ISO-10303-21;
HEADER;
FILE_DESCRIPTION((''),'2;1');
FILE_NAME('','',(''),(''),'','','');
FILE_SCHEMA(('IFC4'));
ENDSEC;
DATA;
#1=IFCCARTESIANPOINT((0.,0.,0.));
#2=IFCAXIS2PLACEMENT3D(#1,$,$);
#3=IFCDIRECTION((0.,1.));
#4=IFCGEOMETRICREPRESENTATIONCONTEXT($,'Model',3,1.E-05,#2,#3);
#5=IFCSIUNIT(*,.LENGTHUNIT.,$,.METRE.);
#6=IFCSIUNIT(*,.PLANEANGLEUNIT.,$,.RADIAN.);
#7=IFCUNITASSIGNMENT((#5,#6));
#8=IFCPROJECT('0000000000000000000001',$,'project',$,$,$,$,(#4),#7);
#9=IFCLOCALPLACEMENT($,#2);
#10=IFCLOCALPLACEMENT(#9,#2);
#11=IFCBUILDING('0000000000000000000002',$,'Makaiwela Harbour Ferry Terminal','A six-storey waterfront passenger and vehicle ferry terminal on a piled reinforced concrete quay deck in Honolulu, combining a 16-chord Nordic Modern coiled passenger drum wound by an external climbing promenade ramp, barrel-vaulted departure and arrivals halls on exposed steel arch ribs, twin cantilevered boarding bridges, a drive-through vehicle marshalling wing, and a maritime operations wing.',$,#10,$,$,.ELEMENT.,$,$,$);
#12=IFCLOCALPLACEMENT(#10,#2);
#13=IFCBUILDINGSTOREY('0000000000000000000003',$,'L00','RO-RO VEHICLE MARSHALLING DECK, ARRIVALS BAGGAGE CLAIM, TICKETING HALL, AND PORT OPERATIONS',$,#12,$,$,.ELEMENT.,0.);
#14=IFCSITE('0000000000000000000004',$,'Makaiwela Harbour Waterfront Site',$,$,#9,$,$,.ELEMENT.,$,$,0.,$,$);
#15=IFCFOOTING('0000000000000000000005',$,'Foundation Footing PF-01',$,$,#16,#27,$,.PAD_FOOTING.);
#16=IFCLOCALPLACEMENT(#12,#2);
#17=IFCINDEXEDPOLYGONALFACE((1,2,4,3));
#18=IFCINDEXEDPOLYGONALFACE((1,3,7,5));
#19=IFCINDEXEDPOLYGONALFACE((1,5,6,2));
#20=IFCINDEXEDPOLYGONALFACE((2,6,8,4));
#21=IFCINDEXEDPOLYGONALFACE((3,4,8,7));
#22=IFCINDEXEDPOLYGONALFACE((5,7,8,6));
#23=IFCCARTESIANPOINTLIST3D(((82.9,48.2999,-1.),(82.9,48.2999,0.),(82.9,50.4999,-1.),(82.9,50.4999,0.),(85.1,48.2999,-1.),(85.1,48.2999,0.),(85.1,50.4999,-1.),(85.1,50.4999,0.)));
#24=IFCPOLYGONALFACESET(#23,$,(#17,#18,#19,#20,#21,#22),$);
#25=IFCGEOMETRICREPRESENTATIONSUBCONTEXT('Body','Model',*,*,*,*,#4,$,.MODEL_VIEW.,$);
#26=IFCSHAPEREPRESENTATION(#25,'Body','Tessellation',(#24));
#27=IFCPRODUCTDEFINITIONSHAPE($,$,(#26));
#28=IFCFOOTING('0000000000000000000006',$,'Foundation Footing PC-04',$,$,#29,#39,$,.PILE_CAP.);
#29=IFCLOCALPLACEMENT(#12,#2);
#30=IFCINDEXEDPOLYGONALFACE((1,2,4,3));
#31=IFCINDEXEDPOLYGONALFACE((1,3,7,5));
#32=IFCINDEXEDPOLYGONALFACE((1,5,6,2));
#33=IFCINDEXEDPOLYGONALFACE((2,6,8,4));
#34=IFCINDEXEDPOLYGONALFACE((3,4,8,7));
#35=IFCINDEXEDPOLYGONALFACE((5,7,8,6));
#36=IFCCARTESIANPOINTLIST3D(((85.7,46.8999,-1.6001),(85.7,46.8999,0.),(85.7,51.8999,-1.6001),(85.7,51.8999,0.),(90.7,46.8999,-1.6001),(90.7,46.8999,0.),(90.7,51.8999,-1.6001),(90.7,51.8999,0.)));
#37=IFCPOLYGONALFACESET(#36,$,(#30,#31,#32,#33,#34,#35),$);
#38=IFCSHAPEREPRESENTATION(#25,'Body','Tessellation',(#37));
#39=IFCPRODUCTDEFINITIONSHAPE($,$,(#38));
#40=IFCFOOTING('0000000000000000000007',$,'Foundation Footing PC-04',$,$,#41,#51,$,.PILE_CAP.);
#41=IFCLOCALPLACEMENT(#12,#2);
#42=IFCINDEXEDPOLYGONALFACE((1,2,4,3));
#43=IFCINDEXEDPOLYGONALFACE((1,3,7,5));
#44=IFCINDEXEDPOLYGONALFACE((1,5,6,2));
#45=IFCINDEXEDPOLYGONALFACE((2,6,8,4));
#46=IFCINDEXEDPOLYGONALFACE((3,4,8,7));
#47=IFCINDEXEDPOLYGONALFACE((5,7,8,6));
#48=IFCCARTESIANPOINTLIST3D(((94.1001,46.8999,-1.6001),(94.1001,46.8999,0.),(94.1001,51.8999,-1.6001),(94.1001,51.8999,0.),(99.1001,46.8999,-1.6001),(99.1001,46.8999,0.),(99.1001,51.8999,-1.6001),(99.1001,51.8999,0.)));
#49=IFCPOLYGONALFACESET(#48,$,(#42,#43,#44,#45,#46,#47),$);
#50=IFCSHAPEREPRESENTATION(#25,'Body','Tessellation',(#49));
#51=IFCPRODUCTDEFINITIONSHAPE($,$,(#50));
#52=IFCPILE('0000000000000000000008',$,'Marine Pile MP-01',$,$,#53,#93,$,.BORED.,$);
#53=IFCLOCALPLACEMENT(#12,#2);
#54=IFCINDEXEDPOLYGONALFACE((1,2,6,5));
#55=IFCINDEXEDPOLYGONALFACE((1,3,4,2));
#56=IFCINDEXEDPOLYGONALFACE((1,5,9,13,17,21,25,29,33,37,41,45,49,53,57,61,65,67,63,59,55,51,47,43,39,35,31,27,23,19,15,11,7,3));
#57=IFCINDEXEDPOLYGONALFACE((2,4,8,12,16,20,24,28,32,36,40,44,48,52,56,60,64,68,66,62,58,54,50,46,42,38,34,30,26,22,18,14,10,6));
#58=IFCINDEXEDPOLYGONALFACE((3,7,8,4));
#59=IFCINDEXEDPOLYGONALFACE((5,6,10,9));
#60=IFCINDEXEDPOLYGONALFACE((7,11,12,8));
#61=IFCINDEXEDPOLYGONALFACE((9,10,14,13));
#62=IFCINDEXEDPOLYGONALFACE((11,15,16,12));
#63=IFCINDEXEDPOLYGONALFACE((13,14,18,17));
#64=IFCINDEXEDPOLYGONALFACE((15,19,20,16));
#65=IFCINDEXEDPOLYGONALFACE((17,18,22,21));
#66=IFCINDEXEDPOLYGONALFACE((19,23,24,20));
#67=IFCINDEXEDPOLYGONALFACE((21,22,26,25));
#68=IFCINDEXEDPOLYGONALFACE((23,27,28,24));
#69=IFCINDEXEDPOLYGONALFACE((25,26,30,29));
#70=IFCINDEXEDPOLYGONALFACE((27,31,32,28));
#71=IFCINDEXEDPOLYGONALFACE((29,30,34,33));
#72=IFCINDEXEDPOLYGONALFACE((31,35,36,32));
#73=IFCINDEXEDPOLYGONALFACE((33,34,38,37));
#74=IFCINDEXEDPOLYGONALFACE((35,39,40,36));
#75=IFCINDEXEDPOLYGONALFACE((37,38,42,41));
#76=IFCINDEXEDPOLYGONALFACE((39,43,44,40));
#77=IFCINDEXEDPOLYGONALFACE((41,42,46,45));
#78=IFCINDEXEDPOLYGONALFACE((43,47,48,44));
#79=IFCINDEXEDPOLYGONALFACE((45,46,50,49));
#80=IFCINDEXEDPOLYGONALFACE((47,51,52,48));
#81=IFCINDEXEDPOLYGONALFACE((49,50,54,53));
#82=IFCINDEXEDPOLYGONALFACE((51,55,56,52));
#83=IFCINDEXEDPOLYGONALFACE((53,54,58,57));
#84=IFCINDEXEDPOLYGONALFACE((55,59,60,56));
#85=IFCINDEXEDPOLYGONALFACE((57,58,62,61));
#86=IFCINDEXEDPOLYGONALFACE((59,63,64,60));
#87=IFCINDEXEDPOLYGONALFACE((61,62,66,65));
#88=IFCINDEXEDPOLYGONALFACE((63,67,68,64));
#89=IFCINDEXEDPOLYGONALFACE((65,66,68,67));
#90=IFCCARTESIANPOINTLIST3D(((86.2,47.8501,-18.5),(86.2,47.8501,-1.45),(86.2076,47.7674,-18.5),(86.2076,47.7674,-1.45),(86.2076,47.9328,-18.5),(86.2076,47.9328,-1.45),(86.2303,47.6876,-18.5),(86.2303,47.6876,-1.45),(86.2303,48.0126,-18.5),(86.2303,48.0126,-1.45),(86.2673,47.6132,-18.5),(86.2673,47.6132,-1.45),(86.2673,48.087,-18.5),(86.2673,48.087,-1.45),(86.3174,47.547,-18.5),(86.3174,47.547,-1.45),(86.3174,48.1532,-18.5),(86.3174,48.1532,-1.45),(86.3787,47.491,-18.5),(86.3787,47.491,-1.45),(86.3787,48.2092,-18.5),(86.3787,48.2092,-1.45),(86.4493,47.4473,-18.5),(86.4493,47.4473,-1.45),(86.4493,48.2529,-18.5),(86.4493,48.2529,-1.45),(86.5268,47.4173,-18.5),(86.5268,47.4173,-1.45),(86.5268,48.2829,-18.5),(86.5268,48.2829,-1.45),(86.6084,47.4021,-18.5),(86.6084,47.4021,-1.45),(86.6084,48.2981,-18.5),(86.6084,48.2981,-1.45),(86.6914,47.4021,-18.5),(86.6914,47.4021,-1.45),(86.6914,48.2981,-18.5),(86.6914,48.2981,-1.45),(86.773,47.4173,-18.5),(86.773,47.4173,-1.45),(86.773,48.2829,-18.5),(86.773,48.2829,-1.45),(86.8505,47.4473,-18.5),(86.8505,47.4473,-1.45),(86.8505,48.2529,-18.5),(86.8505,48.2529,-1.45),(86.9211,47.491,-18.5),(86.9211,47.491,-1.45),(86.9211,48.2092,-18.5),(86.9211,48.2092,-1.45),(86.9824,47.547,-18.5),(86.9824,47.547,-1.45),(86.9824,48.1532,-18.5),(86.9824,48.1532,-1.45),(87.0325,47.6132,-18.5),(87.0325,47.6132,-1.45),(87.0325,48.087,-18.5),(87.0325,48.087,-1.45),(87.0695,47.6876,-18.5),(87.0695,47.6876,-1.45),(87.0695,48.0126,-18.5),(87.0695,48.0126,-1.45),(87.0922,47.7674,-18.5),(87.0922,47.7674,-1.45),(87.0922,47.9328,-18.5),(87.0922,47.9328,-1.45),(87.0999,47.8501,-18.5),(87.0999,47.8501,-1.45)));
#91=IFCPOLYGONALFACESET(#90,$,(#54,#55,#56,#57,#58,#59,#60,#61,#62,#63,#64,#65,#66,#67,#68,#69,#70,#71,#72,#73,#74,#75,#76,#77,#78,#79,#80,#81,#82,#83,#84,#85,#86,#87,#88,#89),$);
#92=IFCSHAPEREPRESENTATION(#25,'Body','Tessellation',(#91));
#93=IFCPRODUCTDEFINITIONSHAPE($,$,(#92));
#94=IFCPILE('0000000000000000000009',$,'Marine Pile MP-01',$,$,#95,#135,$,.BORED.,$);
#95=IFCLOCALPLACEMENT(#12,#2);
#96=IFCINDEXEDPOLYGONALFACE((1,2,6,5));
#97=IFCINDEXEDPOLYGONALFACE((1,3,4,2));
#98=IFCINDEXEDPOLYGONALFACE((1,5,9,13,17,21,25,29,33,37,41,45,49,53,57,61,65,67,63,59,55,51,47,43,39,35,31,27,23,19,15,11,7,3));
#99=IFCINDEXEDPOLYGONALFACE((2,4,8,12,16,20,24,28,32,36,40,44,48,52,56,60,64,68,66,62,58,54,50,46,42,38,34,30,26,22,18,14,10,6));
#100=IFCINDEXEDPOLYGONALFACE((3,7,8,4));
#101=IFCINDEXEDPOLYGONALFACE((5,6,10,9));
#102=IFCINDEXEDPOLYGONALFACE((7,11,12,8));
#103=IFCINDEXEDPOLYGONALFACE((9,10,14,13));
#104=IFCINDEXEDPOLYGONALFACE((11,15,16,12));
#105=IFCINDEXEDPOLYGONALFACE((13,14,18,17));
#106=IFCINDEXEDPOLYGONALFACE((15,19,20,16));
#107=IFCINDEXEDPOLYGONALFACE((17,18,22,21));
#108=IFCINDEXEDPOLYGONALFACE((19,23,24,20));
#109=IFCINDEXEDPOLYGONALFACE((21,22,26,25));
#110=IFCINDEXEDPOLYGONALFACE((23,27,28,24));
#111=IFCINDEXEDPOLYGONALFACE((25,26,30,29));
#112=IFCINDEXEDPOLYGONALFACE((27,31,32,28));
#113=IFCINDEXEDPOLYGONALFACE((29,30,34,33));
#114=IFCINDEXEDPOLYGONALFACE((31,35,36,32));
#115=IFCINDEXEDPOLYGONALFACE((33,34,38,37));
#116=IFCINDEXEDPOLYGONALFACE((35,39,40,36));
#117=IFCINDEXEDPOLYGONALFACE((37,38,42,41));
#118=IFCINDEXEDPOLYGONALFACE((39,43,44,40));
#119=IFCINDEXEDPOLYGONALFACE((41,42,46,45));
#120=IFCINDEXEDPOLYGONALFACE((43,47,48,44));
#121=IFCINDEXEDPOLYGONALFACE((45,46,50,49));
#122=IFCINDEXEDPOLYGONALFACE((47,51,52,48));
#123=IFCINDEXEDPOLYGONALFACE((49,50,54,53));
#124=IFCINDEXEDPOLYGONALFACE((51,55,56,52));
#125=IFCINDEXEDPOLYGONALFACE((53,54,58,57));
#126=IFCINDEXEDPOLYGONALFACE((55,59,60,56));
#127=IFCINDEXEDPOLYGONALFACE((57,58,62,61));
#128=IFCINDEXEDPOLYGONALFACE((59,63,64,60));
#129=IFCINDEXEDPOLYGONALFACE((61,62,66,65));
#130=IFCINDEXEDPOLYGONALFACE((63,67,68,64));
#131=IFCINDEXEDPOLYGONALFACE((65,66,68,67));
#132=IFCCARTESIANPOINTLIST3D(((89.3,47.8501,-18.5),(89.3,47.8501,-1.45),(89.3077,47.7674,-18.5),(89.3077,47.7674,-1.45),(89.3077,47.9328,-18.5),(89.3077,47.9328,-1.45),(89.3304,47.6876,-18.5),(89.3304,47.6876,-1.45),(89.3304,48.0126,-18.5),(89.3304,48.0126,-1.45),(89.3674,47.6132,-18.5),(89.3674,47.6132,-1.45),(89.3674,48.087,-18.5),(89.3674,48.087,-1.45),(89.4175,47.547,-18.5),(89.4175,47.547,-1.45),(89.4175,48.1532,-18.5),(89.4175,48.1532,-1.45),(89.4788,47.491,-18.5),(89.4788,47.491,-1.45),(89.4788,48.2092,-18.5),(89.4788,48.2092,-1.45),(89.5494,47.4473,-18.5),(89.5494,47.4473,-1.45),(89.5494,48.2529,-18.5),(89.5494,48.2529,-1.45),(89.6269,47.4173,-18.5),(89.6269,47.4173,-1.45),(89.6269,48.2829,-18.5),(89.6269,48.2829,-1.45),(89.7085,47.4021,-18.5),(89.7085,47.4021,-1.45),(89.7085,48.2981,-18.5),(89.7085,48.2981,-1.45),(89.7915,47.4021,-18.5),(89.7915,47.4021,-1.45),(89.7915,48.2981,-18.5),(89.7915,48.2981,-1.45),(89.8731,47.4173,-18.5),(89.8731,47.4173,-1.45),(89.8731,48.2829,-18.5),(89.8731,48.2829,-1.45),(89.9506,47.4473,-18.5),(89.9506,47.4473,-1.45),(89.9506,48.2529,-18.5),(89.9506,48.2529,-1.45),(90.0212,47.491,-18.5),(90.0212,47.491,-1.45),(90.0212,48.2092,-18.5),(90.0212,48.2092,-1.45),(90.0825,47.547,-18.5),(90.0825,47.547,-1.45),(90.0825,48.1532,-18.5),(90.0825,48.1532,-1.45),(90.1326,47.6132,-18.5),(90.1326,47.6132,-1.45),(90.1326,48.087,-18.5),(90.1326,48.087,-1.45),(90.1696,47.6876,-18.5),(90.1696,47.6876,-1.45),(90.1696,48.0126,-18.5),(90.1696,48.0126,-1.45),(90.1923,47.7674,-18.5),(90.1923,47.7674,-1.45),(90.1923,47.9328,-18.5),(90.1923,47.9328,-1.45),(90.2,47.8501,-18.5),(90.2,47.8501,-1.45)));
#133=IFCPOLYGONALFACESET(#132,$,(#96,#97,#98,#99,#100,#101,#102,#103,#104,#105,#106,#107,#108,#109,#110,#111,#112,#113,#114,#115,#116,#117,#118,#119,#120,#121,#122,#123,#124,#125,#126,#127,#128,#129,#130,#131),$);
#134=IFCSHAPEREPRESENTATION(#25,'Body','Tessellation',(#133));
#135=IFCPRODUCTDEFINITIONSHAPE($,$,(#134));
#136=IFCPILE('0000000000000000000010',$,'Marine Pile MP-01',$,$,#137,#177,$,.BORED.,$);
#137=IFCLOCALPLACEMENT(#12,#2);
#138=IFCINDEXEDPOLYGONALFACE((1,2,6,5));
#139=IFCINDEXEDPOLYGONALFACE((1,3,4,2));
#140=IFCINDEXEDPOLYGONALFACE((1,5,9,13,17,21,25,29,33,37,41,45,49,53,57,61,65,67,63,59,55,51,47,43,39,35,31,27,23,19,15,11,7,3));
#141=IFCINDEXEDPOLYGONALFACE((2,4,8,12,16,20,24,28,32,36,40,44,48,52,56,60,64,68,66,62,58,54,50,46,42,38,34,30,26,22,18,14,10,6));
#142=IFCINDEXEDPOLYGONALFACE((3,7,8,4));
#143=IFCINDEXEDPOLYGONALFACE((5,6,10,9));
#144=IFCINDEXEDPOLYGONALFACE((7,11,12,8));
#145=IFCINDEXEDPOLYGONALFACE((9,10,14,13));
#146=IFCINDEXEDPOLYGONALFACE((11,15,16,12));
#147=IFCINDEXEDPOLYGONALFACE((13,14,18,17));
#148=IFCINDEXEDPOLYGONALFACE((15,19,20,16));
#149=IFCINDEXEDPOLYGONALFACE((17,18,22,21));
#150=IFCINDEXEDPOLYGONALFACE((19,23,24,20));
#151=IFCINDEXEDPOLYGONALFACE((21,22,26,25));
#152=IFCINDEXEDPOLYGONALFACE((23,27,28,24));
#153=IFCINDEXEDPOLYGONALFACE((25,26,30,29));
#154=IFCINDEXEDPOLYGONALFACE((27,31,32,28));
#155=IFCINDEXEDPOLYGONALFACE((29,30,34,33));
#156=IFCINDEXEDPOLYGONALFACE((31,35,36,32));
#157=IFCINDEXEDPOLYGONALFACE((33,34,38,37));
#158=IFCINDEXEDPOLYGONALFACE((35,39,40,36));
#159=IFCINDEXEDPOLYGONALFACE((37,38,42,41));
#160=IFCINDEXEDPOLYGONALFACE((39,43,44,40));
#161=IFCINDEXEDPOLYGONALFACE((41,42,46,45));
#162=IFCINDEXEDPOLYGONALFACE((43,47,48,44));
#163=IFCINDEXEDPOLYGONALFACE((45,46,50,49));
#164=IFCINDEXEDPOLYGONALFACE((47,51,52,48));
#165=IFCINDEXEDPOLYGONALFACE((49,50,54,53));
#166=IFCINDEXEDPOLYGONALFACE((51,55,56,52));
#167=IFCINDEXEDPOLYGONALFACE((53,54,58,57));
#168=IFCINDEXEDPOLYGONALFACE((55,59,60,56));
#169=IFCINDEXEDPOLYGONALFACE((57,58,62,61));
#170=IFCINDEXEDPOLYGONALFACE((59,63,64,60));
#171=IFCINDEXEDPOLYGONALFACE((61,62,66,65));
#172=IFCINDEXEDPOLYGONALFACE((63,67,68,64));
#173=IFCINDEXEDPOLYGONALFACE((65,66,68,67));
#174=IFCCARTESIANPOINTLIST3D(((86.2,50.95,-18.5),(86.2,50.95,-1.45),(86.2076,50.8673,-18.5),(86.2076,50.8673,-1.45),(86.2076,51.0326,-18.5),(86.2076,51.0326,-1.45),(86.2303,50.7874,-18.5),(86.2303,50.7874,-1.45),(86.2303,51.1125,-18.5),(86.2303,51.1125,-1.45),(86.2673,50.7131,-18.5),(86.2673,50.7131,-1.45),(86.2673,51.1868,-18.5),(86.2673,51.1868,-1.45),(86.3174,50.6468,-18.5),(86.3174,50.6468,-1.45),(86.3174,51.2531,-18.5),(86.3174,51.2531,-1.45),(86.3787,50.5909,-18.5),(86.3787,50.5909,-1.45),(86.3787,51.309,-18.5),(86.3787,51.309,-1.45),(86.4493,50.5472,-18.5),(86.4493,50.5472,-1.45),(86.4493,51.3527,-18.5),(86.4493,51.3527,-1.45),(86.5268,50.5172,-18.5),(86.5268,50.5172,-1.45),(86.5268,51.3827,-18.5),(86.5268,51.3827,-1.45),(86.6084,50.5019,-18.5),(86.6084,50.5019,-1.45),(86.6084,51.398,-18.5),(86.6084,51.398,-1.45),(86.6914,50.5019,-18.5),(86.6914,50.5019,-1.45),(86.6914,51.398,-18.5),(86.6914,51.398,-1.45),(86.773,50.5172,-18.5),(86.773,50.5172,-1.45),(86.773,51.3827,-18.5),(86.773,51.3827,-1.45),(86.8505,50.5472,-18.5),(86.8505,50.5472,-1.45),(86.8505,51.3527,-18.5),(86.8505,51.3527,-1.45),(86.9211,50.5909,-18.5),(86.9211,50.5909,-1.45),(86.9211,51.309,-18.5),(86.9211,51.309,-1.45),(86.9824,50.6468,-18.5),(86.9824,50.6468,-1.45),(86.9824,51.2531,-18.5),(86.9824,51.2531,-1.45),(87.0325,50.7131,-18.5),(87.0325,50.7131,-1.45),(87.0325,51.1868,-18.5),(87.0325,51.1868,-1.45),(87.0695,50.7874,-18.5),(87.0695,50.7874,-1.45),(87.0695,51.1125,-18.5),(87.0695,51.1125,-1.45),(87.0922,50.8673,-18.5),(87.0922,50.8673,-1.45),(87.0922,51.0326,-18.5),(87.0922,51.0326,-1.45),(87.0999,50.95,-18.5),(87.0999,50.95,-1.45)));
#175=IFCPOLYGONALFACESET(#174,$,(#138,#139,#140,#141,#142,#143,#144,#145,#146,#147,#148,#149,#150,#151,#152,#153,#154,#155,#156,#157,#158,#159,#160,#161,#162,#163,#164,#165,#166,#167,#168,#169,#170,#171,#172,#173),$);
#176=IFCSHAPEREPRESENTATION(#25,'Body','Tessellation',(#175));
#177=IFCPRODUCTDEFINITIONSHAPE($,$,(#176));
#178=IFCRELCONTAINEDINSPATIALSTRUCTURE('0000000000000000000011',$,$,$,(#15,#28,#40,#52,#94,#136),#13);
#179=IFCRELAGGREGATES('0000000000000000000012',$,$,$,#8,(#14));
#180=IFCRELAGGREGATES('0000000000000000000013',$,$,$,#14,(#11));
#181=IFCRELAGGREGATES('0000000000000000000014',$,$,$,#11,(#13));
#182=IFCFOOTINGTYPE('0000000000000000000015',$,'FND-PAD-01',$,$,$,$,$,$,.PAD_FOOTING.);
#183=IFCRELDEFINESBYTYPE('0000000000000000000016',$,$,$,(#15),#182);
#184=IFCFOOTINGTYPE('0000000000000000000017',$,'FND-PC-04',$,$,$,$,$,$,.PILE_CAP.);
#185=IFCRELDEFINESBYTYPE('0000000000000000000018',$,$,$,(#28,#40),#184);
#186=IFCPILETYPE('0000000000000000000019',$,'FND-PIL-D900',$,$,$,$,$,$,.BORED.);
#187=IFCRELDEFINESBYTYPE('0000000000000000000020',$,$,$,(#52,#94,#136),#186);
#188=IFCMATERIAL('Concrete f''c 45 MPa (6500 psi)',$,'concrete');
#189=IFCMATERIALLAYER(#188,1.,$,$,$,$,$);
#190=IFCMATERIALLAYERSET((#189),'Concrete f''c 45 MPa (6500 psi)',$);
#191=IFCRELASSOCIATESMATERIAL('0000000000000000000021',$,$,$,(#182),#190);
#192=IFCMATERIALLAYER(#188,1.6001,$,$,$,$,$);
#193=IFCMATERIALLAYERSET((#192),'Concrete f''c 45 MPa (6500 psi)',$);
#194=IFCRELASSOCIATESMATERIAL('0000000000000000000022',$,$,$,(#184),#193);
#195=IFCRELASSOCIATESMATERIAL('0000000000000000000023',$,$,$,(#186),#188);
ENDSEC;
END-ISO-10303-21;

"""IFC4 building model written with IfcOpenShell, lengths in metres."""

from ifc_helpers import new_model, si_unit, direction, frame, origin, origin_2d, place, context, subcontext, project, spatial, rectangle, circle, extrude, material, layer, layer_set, material_profile, profile_set, type_object, element, save


model = new_model("IFC4")

# Units and contexts
model_context = context("Model", 3, precision=1e-05, world=origin(), true_north=direction((0.0, 1.0)))
body_context = subcontext(model_context, "Body", "Model", "MODEL_VIEW")
ifc_project = project(units=[si_unit("LENGTHUNIT", "METRE"), si_unit("PLANEANGLEUNIT", "RADIAN")], contexts=[model_context])

# Site, building, storey
site_placement = place(None, origin())
site = spatial("IfcSite", under=ifc_project, at=site_placement, Name="Makaiwela Harbour Waterfront Site", CompositionType="ELEMENT", RefElevation=0.0)
building_placement = place(site_placement, origin())
building = spatial("IfcBuilding", under=site, at=building_placement, Name="Makaiwela Harbour Ferry Terminal", Description="A six-storey waterfront passenger and vehicle ferry terminal on a piled reinforced concrete quay deck in Honolulu, combining a 16-chord Nordic Modern coiled passenger drum wound by an external climbing promenade ramp, barrel-vaulted departure and arrivals halls on exposed steel arch ribs, twin cantilevered boarding bridges, a drive-through vehicle marshalling wing, and a maritime operations wing.", CompositionType="ELEMENT")
storey_placement = place(building_placement, origin())
storey = spatial("IfcBuildingStorey", under=building, at=storey_placement, Name="L00", Description="RO-RO VEHICLE MARSHALLING DECK, ARRIVALS BAGGAGE CLAIM, TICKETING HALL, AND PORT OPERATIONS", CompositionType="ELEMENT", Elevation=0.0)

# Footings
ifc_material_1 = material(Name="Concrete f'c 45 MPa (6500 psi)", Category="concrete")
ifc_layer_1 = layer(ifc_material_1, 1.0)
ifc_layer_set_1 = layer_set([ifc_layer_1], Name="Concrete f'c 45 MPa (6500 psi)")
footing_type_1 = type_object("IfcFootingType", Name="FND-PAD-01", PredefinedType="PAD_FOOTING", material=ifc_layer_set_1)
footing_1_placement = place(storey_placement, frame((84.0, 49.3999, -1.0), z_axis=(0.0, 0.0, 1.0), x_axis=(1.0, 0.0, 0.0)))
element("IfcFooting", 1, at=footing_1_placement, inside=storey, type_object=footing_type_1, Name="Foundation Footing PF-01", PredefinedType="PAD_FOOTING", context=body_context, shape_type="SweptSolid", body=[
    extrude(rectangle(XDim=2.2, YDim=2.2, at=origin_2d()), origin(), (0.0, 0.0, 1.0), 1.0),
])
ifc_layer_2 = layer(ifc_material_1, 1.6001)
ifc_layer_set_2 = layer_set([ifc_layer_2], Name="Concrete f'c 45 MPa (6500 psi)")
footing_type_2 = type_object("IfcFootingType", Name="FND-PC-04", PredefinedType="PILE_CAP", material=ifc_layer_set_2)
for number, where, z_axis, x_axis, name in (
    (2, (88.2, 49.3999, -1.6001), (0.0, 0.0, 1.0), (1.0, 0.0, 0.0), "Foundation Footing PC-04"),
    (3, (96.6001, 49.3999, -1.6001), (0.0, 0.0, 1.0), (1.0, 0.0, 0.0), "Foundation Footing PC-04"),
):
    element("IfcFooting", number, at=place(storey_placement, frame(where, z_axis=z_axis, x_axis=x_axis)), inside=storey, type_object=footing_type_2, Name=name, PredefinedType="PILE_CAP", context=body_context, shape_type="SweptSolid", body=[
        extrude(rectangle(XDim=5.0, YDim=5.0, at=origin_2d()), origin(), (0.0, 0.0, 1.0), 1.6001),
    ])

# Piles
ifc_material_profile_1 = material_profile(ifc_material_1, circle(Radius=0.45, at=origin_2d()), Name="PILE-D900")
ifc_profile_set_1 = profile_set([ifc_material_profile_1], Name="Concrete f'c 45 MPa (6500 psi)")
pile_type = type_object("IfcPileType", Name="FND-PIL-D900", PredefinedType="BORED", material=ifc_profile_set_1)
for number, where, z_axis, x_axis, name in (
    (4, (86.6499, 47.8501, -1.45), (0.0, 0.0, -1.0), (1.0, 0.0, 0.0), "Marine Pile MP-01"),
    (5, (89.75, 47.8501, -1.45), (0.0, 0.0, -1.0), (1.0, 0.0, 0.0), "Marine Pile MP-01"),
    (6, (86.6499, 50.95, -1.45), (0.0, 0.0, -1.0), (1.0, 0.0, 0.0), "Marine Pile MP-01"),
):
    element("IfcPile", number, at=place(storey_placement, frame(where, z_axis=z_axis, x_axis=x_axis)), inside=storey, type_object=pile_type, Name=name, PredefinedType="BORED", context=body_context, shape_type="SweptSolid", body=[
        extrude(circle(Radius=0.45, at=origin_2d()), origin(), (0.0, 0.0, 1.0), 17.05),
    ])

save(model, "model.ifc")
